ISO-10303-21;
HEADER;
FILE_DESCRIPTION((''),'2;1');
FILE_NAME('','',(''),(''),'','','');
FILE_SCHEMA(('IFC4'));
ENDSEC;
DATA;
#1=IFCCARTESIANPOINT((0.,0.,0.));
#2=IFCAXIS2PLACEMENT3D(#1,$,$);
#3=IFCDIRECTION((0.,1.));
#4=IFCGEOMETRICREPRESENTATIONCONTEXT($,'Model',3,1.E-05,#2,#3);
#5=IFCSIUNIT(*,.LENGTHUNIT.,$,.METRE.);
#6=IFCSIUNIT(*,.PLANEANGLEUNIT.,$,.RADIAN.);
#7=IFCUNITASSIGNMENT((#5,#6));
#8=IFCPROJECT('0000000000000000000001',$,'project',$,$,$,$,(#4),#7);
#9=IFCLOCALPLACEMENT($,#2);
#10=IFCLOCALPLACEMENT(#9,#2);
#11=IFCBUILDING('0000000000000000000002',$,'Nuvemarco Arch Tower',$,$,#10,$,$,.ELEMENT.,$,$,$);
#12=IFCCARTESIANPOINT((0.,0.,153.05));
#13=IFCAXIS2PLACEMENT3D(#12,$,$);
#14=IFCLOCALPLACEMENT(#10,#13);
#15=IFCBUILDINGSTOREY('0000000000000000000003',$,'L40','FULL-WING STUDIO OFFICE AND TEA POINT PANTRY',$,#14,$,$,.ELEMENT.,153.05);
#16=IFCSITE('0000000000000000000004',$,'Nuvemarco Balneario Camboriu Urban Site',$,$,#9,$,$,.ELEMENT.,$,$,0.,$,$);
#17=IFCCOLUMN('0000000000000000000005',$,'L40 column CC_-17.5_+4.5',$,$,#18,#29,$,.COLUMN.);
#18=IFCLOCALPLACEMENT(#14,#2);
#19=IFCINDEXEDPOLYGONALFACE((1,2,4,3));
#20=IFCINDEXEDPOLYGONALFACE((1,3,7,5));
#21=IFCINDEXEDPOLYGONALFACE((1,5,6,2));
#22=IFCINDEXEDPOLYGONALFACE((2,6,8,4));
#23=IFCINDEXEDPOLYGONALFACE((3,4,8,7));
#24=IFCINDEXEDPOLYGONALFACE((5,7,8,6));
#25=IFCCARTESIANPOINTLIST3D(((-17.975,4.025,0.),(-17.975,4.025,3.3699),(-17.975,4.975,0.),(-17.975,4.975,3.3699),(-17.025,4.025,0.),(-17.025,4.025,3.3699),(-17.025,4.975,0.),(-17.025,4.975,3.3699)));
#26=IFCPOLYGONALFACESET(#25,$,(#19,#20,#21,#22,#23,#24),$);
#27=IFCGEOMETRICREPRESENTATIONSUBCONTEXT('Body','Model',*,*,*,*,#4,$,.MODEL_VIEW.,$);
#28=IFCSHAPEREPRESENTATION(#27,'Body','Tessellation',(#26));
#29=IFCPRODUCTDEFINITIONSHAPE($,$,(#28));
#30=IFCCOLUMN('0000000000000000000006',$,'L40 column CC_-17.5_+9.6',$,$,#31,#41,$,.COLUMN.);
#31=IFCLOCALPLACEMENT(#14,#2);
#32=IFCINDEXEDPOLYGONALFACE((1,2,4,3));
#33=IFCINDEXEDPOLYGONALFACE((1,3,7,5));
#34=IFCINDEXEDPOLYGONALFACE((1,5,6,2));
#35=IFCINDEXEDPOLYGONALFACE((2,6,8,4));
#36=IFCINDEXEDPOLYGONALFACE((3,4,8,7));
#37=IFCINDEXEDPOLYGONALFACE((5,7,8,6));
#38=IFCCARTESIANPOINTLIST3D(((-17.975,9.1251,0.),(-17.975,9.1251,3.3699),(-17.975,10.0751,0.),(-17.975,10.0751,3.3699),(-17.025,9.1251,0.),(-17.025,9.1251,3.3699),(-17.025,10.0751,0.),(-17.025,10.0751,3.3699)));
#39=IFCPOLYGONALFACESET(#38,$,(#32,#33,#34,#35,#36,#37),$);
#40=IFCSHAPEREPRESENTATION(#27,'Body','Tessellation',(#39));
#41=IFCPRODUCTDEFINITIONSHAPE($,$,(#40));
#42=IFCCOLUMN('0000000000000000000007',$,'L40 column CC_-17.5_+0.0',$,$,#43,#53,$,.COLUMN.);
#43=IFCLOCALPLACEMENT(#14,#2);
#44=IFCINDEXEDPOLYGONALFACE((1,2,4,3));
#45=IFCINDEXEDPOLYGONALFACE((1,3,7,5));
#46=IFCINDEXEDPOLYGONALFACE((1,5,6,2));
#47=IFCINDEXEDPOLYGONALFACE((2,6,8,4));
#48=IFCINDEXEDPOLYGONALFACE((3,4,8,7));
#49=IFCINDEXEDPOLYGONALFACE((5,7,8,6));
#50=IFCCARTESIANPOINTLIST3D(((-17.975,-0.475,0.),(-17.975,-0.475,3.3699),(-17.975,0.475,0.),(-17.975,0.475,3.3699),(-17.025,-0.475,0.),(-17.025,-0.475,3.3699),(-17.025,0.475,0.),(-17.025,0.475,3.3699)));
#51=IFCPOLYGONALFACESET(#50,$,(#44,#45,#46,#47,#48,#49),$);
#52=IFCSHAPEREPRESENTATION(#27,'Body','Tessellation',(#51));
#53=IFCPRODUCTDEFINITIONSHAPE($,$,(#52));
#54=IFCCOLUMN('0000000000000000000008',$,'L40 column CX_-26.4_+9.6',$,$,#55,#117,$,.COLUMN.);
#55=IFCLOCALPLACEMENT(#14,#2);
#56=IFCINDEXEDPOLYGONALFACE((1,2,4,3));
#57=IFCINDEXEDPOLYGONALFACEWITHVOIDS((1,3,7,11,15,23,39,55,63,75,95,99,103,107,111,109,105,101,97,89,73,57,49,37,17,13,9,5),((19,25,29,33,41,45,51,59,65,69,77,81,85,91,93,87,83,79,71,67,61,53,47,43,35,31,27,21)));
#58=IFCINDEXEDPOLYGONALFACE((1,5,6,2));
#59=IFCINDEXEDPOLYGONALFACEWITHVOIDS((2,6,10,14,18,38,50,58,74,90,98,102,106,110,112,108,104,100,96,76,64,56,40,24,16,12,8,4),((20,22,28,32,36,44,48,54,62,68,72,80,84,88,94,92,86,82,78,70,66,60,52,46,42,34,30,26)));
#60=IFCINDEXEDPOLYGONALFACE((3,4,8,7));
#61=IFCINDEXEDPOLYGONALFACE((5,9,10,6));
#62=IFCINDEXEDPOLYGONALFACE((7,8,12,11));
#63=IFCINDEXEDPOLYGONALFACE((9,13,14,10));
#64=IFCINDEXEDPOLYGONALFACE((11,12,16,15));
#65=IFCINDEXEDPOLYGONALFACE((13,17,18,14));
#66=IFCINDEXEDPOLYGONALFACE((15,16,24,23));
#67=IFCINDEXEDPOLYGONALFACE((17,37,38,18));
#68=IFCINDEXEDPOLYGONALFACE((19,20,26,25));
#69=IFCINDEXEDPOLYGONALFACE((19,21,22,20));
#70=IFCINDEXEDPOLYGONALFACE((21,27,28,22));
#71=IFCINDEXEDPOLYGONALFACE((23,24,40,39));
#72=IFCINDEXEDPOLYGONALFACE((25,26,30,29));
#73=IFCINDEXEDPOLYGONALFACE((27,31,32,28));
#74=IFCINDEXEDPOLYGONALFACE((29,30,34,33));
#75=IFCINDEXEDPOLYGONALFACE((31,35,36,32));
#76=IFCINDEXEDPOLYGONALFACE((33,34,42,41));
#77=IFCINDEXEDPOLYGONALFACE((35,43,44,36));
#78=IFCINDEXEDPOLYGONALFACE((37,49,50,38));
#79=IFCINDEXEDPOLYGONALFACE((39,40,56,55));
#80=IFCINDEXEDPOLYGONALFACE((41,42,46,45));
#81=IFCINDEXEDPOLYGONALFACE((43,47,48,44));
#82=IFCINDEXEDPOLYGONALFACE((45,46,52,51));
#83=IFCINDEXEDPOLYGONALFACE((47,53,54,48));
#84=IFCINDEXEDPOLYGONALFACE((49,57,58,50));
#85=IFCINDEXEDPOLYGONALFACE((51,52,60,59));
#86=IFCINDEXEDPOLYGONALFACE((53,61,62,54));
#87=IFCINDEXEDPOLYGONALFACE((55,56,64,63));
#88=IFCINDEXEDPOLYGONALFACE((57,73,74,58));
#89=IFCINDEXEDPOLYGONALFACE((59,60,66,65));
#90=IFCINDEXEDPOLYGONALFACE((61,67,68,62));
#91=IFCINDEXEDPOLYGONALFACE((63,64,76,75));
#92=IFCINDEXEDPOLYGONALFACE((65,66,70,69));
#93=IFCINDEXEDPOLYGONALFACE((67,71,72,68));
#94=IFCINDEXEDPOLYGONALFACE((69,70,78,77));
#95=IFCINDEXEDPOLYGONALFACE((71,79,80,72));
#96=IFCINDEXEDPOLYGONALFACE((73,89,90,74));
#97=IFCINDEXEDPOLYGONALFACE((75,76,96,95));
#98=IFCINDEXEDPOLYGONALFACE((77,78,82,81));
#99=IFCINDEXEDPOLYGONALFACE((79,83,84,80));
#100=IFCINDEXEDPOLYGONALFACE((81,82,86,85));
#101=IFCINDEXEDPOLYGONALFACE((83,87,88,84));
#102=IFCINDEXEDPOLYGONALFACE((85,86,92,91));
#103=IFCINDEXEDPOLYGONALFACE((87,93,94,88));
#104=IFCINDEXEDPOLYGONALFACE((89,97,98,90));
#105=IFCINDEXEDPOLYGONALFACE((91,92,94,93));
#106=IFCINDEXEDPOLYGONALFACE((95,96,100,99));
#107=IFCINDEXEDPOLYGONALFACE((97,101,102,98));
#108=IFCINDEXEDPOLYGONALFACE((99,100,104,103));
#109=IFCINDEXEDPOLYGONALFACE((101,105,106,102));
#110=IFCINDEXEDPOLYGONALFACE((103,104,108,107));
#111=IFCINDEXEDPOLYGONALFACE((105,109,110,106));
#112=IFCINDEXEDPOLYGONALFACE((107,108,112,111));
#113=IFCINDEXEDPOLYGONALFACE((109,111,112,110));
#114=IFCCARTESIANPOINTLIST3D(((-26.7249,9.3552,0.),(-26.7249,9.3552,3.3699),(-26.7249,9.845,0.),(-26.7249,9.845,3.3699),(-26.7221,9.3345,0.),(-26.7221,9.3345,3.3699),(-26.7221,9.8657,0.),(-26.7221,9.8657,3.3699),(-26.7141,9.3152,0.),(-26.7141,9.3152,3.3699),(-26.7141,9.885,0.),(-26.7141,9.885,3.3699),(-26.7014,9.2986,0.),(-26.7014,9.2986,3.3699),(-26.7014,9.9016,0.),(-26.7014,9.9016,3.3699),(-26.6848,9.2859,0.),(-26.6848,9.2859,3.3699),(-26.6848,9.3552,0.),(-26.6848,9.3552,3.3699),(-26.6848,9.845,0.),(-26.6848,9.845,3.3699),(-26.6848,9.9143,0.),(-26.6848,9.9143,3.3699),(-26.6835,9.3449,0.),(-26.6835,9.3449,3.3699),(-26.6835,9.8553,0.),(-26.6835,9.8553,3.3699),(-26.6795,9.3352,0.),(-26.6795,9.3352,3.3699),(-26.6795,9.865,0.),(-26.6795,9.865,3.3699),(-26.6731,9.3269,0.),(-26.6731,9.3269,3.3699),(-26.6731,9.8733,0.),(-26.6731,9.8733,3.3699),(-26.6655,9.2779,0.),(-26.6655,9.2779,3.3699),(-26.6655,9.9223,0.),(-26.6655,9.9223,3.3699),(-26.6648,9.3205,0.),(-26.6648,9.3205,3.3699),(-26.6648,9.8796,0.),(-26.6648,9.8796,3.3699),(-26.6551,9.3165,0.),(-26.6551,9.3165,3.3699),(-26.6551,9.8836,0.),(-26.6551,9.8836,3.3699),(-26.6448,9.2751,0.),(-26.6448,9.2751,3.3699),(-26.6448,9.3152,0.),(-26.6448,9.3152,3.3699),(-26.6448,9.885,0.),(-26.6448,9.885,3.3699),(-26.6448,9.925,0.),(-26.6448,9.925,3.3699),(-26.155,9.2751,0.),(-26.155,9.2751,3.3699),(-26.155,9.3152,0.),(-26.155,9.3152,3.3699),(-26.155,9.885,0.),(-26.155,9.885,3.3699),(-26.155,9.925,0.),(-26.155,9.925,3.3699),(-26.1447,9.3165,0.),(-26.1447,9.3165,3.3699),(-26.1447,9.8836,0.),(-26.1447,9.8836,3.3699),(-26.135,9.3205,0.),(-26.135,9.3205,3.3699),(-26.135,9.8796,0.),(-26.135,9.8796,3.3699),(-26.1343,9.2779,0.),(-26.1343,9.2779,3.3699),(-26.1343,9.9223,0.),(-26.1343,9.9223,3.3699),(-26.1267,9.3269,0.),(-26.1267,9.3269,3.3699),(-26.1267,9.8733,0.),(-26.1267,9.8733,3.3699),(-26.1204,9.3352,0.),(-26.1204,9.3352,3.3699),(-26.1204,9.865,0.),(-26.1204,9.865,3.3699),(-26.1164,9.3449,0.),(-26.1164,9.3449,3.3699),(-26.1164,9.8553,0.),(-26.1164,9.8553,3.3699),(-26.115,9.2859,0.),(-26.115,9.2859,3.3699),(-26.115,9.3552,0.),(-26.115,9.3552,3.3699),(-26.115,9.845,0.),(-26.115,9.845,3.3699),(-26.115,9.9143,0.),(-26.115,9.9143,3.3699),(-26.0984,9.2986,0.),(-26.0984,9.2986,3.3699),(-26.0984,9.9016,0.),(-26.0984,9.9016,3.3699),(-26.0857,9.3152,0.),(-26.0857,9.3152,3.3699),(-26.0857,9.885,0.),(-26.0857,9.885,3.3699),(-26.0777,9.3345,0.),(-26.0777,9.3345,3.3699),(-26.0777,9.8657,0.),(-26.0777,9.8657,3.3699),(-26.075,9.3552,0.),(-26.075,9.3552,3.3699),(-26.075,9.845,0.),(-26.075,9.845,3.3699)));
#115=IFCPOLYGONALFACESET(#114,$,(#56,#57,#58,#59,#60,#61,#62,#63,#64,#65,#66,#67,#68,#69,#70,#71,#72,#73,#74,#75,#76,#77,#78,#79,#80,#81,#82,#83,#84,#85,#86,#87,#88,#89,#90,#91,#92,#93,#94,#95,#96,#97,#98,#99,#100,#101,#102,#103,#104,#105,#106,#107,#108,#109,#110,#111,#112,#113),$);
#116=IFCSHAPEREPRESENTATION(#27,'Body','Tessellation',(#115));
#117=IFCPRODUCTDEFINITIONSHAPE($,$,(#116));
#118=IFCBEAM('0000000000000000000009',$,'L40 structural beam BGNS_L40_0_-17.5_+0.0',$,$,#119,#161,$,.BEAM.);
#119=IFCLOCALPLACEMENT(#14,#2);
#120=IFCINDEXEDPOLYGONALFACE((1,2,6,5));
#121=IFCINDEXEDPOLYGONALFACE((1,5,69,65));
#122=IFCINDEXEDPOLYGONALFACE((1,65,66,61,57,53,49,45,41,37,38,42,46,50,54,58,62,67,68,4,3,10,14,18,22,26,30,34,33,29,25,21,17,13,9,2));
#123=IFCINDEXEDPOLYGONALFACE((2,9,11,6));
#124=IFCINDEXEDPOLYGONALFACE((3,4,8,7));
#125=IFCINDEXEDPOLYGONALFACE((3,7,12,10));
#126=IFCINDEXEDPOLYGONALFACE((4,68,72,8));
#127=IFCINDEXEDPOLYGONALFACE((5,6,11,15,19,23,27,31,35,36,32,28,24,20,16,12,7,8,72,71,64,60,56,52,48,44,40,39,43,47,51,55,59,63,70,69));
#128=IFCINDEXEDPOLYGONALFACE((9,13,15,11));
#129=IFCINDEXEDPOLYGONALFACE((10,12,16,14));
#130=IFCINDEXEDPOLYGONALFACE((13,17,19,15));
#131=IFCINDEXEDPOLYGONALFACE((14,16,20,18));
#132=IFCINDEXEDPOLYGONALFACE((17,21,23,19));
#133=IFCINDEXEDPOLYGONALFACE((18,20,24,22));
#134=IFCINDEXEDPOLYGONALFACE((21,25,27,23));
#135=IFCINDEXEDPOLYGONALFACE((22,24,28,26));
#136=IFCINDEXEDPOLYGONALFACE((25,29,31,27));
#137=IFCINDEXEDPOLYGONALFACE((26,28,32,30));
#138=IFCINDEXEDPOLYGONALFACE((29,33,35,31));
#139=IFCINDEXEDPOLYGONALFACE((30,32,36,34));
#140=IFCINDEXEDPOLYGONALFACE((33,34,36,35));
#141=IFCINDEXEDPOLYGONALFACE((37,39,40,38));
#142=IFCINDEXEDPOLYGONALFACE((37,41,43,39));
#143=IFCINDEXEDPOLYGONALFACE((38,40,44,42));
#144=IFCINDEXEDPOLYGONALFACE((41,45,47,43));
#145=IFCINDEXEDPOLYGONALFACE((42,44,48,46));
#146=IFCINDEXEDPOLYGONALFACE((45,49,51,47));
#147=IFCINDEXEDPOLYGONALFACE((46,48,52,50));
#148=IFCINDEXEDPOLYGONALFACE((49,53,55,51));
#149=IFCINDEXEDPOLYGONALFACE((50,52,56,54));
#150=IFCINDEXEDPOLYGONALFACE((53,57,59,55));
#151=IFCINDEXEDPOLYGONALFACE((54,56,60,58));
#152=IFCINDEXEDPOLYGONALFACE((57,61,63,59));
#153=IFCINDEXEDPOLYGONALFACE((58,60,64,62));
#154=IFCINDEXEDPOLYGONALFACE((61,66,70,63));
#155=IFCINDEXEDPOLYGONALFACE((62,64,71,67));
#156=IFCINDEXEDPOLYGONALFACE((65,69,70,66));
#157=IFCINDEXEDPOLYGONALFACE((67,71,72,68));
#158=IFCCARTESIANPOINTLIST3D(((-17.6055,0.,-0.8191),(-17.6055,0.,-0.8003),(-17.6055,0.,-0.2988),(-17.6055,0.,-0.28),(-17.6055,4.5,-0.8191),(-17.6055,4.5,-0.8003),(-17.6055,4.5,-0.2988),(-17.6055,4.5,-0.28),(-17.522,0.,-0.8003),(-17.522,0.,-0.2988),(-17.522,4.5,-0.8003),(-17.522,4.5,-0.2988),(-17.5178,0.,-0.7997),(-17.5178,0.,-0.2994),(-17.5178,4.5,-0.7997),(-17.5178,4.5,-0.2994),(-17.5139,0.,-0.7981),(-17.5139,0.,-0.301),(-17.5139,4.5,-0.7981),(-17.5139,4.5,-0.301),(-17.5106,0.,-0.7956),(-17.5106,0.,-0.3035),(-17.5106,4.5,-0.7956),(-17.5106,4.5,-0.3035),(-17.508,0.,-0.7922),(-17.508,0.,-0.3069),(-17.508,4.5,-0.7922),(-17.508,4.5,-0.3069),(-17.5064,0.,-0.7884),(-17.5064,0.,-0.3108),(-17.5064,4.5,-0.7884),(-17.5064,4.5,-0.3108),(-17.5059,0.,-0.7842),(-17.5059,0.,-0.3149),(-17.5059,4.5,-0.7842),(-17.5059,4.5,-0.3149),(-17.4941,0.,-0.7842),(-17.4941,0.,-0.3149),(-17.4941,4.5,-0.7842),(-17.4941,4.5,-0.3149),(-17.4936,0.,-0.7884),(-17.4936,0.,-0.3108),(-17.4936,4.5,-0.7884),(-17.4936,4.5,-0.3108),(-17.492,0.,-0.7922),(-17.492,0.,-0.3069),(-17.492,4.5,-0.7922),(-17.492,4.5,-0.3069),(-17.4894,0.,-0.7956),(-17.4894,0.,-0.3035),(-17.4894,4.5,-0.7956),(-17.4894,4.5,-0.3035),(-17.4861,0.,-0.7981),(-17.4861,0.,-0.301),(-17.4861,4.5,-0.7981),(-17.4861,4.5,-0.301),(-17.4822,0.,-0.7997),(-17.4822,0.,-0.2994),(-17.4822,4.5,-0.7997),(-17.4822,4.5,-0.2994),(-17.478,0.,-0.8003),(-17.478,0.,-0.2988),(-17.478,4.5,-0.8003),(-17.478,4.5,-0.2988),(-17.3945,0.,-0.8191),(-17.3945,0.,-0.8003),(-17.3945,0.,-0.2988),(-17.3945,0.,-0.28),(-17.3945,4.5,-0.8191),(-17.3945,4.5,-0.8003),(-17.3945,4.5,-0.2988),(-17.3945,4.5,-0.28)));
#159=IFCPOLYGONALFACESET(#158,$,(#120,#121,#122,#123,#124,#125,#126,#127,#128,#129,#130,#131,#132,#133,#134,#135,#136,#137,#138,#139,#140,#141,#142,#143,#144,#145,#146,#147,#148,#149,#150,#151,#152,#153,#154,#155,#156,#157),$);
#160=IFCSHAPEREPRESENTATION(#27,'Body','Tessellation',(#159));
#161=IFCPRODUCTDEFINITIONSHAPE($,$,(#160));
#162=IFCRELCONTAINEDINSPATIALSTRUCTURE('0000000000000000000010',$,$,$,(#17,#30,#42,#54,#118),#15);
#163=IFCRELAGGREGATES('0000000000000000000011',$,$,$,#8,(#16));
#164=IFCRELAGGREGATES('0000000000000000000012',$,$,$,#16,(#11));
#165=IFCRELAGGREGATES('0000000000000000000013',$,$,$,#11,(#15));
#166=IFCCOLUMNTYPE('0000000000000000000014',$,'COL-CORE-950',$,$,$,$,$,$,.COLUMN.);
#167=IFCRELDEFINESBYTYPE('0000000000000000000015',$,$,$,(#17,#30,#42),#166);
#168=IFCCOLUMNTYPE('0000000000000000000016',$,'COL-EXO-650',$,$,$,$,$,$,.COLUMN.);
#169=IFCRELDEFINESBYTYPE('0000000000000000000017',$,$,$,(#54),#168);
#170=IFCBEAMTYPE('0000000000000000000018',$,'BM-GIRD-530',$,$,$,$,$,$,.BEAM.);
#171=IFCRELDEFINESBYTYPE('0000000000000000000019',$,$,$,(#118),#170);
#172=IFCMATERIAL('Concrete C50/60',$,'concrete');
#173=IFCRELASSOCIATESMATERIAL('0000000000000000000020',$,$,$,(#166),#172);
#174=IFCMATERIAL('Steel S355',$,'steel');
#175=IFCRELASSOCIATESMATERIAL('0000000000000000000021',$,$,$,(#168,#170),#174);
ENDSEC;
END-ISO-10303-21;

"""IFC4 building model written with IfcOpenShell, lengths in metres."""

from ifc_helpers import new_model, si_unit, direction, frame, origin, origin_2d, place, context, subcontext, project, spatial, rectangle, hollow_rectangle, i_section, extrude, material, material_profile, profile_set, type_object, element, save


model = new_model("IFC4")

# Units and contexts
model_context = context("Model", 3, precision=1e-05, world=origin(), true_north=direction((0.0, 1.0)))
body_context = subcontext(model_context, "Body", "Model", "MODEL_VIEW")
ifc_project = project(units=[si_unit("LENGTHUNIT", "METRE"), si_unit("PLANEANGLEUNIT", "RADIAN")], contexts=[model_context])

# Site, building, storey
site_placement = place(None, origin())
site = spatial("IfcSite", under=ifc_project, at=site_placement, Name="Nuvemarco Balneario Camboriu Urban Site", CompositionType="ELEMENT", RefElevation=0.0)
building_placement = place(site_placement, origin())
building = spatial("IfcBuilding", under=site, at=building_placement, Name="Nuvemarco Arch Tower", CompositionType="ELEMENT")
storey_placement = place(building_placement, frame((0.0, 0.0, 153.05)))
storey = spatial("IfcBuildingStorey", under=building, at=storey_placement, Name="L40", Description="FULL-WING STUDIO OFFICE AND TEA POINT PANTRY", CompositionType="ELEMENT", Elevation=153.05)

# Columns
ifc_material_1 = material(Name="Concrete C50/60", Category="concrete")
ifc_material_profile_1 = material_profile(ifc_material_1, rectangle(XDim=0.95, YDim=0.95, at=origin_2d()), Name="RC-COL-950x950")
ifc_profile_set_1 = profile_set([ifc_material_profile_1], Name="Concrete C50/60")
column_type_1 = type_object("IfcColumnType", Name="COL-CORE-950", PredefinedType="COLUMN", material=ifc_profile_set_1)
for number, where, z_axis, x_axis, name in (
    (1, (-17.5, 4.5, 0.0), (0.0, 0.0, 1.0), (1.0, 0.0, 0.0), "L40 column CC_-17.5_+4.5"),
    (2, (-17.5, 9.6001, 0.0), (0.0, 0.0, 1.0), (1.0, 0.0, 0.0), "L40 column CC_-17.5_+9.6"),
    (3, (-17.5, 0.0, 0.0), (0.0, 0.0, 1.0), (1.0, 0.0, 0.0), "L40 column CC_-17.5_+0.0"),
):
    element("IfcColumn", number, at=place(storey_placement, frame(where, z_axis=z_axis, x_axis=x_axis)), inside=storey, type_object=column_type_1, Name=name, PredefinedType="COLUMN", context=body_context, shape_type="SweptSolid", body=[
        extrude(rectangle(XDim=0.95, YDim=0.95, at=origin_2d()), origin(), (0.0, 0.0, 1.0), 3.3699),
    ])
ifc_material_2 = material(Name="Steel S355", Category="steel")
ifc_material_profile_2 = material_profile(ifc_material_2, hollow_rectangle(XDim=0.6499, YDim=0.6499, WallThickness=0.04, InnerFilletRadius=0.04, OuterFilletRadius=0.0801, at=origin_2d()), Name="SHS650x650x40")
ifc_profile_set_2 = profile_set([ifc_material_profile_2], Name="Steel S355")
column_type_2 = type_object("IfcColumnType", Name="COL-EXO-650", PredefinedType="COLUMN", material=ifc_profile_set_2)
column_placement = place(storey_placement, frame((-26.3999, 9.6001, 0.0), z_axis=(0.0, 0.0, 1.0), x_axis=(1.0, 0.0, 0.0)))
element("IfcColumn", 4, at=column_placement, inside=storey, type_object=column_type_2, Name="L40 column CX_-26.4_+9.6", PredefinedType="COLUMN", context=body_context, shape_type="SweptSolid", body=[
    extrude(hollow_rectangle(XDim=0.6499, YDim=0.6499, WallThickness=0.04, InnerFilletRadius=0.04, OuterFilletRadius=0.0801, at=origin_2d()), origin(), (0.0, 0.0, 1.0), 3.3699),
])

# Beam
ifc_material_profile_3 = material_profile(ifc_material_2, i_section(OverallWidth=0.2109, OverallDepth=0.5391, WebThickness=0.0117, FlangeThickness=0.0188, FilletRadius=0.0161, at=origin_2d()), Name="W530x109")
ifc_profile_set_3 = profile_set([ifc_material_profile_3], Name="Steel S355")
beam_type_1 = type_object("IfcBeamType", Name="BM-GIRD-530", PredefinedType="BEAM", material=ifc_profile_set_3)
beam_1_placement = place(storey_placement, frame((-17.5, 0.0, -0.5496), z_axis=(0.0, 1.0, 0.0), x_axis=(-1.0, 0.0, 0.0)))
element("IfcBeam", 5, at=beam_1_placement, inside=storey, type_object=beam_type_1, Name="L40 structural beam BGNS_L40_0_-17.5_+0.0", PredefinedType="BEAM", context=body_context, shape_type="SweptSolid", body=[
    extrude(i_section(OverallWidth=0.2109, OverallDepth=0.5391, WebThickness=0.0117, FlangeThickness=0.0188, FilletRadius=0.0161, at=origin_2d()), origin(), (0.0, 0.0, 1.0), 4.5),
])

save(model, "model.ifc")
